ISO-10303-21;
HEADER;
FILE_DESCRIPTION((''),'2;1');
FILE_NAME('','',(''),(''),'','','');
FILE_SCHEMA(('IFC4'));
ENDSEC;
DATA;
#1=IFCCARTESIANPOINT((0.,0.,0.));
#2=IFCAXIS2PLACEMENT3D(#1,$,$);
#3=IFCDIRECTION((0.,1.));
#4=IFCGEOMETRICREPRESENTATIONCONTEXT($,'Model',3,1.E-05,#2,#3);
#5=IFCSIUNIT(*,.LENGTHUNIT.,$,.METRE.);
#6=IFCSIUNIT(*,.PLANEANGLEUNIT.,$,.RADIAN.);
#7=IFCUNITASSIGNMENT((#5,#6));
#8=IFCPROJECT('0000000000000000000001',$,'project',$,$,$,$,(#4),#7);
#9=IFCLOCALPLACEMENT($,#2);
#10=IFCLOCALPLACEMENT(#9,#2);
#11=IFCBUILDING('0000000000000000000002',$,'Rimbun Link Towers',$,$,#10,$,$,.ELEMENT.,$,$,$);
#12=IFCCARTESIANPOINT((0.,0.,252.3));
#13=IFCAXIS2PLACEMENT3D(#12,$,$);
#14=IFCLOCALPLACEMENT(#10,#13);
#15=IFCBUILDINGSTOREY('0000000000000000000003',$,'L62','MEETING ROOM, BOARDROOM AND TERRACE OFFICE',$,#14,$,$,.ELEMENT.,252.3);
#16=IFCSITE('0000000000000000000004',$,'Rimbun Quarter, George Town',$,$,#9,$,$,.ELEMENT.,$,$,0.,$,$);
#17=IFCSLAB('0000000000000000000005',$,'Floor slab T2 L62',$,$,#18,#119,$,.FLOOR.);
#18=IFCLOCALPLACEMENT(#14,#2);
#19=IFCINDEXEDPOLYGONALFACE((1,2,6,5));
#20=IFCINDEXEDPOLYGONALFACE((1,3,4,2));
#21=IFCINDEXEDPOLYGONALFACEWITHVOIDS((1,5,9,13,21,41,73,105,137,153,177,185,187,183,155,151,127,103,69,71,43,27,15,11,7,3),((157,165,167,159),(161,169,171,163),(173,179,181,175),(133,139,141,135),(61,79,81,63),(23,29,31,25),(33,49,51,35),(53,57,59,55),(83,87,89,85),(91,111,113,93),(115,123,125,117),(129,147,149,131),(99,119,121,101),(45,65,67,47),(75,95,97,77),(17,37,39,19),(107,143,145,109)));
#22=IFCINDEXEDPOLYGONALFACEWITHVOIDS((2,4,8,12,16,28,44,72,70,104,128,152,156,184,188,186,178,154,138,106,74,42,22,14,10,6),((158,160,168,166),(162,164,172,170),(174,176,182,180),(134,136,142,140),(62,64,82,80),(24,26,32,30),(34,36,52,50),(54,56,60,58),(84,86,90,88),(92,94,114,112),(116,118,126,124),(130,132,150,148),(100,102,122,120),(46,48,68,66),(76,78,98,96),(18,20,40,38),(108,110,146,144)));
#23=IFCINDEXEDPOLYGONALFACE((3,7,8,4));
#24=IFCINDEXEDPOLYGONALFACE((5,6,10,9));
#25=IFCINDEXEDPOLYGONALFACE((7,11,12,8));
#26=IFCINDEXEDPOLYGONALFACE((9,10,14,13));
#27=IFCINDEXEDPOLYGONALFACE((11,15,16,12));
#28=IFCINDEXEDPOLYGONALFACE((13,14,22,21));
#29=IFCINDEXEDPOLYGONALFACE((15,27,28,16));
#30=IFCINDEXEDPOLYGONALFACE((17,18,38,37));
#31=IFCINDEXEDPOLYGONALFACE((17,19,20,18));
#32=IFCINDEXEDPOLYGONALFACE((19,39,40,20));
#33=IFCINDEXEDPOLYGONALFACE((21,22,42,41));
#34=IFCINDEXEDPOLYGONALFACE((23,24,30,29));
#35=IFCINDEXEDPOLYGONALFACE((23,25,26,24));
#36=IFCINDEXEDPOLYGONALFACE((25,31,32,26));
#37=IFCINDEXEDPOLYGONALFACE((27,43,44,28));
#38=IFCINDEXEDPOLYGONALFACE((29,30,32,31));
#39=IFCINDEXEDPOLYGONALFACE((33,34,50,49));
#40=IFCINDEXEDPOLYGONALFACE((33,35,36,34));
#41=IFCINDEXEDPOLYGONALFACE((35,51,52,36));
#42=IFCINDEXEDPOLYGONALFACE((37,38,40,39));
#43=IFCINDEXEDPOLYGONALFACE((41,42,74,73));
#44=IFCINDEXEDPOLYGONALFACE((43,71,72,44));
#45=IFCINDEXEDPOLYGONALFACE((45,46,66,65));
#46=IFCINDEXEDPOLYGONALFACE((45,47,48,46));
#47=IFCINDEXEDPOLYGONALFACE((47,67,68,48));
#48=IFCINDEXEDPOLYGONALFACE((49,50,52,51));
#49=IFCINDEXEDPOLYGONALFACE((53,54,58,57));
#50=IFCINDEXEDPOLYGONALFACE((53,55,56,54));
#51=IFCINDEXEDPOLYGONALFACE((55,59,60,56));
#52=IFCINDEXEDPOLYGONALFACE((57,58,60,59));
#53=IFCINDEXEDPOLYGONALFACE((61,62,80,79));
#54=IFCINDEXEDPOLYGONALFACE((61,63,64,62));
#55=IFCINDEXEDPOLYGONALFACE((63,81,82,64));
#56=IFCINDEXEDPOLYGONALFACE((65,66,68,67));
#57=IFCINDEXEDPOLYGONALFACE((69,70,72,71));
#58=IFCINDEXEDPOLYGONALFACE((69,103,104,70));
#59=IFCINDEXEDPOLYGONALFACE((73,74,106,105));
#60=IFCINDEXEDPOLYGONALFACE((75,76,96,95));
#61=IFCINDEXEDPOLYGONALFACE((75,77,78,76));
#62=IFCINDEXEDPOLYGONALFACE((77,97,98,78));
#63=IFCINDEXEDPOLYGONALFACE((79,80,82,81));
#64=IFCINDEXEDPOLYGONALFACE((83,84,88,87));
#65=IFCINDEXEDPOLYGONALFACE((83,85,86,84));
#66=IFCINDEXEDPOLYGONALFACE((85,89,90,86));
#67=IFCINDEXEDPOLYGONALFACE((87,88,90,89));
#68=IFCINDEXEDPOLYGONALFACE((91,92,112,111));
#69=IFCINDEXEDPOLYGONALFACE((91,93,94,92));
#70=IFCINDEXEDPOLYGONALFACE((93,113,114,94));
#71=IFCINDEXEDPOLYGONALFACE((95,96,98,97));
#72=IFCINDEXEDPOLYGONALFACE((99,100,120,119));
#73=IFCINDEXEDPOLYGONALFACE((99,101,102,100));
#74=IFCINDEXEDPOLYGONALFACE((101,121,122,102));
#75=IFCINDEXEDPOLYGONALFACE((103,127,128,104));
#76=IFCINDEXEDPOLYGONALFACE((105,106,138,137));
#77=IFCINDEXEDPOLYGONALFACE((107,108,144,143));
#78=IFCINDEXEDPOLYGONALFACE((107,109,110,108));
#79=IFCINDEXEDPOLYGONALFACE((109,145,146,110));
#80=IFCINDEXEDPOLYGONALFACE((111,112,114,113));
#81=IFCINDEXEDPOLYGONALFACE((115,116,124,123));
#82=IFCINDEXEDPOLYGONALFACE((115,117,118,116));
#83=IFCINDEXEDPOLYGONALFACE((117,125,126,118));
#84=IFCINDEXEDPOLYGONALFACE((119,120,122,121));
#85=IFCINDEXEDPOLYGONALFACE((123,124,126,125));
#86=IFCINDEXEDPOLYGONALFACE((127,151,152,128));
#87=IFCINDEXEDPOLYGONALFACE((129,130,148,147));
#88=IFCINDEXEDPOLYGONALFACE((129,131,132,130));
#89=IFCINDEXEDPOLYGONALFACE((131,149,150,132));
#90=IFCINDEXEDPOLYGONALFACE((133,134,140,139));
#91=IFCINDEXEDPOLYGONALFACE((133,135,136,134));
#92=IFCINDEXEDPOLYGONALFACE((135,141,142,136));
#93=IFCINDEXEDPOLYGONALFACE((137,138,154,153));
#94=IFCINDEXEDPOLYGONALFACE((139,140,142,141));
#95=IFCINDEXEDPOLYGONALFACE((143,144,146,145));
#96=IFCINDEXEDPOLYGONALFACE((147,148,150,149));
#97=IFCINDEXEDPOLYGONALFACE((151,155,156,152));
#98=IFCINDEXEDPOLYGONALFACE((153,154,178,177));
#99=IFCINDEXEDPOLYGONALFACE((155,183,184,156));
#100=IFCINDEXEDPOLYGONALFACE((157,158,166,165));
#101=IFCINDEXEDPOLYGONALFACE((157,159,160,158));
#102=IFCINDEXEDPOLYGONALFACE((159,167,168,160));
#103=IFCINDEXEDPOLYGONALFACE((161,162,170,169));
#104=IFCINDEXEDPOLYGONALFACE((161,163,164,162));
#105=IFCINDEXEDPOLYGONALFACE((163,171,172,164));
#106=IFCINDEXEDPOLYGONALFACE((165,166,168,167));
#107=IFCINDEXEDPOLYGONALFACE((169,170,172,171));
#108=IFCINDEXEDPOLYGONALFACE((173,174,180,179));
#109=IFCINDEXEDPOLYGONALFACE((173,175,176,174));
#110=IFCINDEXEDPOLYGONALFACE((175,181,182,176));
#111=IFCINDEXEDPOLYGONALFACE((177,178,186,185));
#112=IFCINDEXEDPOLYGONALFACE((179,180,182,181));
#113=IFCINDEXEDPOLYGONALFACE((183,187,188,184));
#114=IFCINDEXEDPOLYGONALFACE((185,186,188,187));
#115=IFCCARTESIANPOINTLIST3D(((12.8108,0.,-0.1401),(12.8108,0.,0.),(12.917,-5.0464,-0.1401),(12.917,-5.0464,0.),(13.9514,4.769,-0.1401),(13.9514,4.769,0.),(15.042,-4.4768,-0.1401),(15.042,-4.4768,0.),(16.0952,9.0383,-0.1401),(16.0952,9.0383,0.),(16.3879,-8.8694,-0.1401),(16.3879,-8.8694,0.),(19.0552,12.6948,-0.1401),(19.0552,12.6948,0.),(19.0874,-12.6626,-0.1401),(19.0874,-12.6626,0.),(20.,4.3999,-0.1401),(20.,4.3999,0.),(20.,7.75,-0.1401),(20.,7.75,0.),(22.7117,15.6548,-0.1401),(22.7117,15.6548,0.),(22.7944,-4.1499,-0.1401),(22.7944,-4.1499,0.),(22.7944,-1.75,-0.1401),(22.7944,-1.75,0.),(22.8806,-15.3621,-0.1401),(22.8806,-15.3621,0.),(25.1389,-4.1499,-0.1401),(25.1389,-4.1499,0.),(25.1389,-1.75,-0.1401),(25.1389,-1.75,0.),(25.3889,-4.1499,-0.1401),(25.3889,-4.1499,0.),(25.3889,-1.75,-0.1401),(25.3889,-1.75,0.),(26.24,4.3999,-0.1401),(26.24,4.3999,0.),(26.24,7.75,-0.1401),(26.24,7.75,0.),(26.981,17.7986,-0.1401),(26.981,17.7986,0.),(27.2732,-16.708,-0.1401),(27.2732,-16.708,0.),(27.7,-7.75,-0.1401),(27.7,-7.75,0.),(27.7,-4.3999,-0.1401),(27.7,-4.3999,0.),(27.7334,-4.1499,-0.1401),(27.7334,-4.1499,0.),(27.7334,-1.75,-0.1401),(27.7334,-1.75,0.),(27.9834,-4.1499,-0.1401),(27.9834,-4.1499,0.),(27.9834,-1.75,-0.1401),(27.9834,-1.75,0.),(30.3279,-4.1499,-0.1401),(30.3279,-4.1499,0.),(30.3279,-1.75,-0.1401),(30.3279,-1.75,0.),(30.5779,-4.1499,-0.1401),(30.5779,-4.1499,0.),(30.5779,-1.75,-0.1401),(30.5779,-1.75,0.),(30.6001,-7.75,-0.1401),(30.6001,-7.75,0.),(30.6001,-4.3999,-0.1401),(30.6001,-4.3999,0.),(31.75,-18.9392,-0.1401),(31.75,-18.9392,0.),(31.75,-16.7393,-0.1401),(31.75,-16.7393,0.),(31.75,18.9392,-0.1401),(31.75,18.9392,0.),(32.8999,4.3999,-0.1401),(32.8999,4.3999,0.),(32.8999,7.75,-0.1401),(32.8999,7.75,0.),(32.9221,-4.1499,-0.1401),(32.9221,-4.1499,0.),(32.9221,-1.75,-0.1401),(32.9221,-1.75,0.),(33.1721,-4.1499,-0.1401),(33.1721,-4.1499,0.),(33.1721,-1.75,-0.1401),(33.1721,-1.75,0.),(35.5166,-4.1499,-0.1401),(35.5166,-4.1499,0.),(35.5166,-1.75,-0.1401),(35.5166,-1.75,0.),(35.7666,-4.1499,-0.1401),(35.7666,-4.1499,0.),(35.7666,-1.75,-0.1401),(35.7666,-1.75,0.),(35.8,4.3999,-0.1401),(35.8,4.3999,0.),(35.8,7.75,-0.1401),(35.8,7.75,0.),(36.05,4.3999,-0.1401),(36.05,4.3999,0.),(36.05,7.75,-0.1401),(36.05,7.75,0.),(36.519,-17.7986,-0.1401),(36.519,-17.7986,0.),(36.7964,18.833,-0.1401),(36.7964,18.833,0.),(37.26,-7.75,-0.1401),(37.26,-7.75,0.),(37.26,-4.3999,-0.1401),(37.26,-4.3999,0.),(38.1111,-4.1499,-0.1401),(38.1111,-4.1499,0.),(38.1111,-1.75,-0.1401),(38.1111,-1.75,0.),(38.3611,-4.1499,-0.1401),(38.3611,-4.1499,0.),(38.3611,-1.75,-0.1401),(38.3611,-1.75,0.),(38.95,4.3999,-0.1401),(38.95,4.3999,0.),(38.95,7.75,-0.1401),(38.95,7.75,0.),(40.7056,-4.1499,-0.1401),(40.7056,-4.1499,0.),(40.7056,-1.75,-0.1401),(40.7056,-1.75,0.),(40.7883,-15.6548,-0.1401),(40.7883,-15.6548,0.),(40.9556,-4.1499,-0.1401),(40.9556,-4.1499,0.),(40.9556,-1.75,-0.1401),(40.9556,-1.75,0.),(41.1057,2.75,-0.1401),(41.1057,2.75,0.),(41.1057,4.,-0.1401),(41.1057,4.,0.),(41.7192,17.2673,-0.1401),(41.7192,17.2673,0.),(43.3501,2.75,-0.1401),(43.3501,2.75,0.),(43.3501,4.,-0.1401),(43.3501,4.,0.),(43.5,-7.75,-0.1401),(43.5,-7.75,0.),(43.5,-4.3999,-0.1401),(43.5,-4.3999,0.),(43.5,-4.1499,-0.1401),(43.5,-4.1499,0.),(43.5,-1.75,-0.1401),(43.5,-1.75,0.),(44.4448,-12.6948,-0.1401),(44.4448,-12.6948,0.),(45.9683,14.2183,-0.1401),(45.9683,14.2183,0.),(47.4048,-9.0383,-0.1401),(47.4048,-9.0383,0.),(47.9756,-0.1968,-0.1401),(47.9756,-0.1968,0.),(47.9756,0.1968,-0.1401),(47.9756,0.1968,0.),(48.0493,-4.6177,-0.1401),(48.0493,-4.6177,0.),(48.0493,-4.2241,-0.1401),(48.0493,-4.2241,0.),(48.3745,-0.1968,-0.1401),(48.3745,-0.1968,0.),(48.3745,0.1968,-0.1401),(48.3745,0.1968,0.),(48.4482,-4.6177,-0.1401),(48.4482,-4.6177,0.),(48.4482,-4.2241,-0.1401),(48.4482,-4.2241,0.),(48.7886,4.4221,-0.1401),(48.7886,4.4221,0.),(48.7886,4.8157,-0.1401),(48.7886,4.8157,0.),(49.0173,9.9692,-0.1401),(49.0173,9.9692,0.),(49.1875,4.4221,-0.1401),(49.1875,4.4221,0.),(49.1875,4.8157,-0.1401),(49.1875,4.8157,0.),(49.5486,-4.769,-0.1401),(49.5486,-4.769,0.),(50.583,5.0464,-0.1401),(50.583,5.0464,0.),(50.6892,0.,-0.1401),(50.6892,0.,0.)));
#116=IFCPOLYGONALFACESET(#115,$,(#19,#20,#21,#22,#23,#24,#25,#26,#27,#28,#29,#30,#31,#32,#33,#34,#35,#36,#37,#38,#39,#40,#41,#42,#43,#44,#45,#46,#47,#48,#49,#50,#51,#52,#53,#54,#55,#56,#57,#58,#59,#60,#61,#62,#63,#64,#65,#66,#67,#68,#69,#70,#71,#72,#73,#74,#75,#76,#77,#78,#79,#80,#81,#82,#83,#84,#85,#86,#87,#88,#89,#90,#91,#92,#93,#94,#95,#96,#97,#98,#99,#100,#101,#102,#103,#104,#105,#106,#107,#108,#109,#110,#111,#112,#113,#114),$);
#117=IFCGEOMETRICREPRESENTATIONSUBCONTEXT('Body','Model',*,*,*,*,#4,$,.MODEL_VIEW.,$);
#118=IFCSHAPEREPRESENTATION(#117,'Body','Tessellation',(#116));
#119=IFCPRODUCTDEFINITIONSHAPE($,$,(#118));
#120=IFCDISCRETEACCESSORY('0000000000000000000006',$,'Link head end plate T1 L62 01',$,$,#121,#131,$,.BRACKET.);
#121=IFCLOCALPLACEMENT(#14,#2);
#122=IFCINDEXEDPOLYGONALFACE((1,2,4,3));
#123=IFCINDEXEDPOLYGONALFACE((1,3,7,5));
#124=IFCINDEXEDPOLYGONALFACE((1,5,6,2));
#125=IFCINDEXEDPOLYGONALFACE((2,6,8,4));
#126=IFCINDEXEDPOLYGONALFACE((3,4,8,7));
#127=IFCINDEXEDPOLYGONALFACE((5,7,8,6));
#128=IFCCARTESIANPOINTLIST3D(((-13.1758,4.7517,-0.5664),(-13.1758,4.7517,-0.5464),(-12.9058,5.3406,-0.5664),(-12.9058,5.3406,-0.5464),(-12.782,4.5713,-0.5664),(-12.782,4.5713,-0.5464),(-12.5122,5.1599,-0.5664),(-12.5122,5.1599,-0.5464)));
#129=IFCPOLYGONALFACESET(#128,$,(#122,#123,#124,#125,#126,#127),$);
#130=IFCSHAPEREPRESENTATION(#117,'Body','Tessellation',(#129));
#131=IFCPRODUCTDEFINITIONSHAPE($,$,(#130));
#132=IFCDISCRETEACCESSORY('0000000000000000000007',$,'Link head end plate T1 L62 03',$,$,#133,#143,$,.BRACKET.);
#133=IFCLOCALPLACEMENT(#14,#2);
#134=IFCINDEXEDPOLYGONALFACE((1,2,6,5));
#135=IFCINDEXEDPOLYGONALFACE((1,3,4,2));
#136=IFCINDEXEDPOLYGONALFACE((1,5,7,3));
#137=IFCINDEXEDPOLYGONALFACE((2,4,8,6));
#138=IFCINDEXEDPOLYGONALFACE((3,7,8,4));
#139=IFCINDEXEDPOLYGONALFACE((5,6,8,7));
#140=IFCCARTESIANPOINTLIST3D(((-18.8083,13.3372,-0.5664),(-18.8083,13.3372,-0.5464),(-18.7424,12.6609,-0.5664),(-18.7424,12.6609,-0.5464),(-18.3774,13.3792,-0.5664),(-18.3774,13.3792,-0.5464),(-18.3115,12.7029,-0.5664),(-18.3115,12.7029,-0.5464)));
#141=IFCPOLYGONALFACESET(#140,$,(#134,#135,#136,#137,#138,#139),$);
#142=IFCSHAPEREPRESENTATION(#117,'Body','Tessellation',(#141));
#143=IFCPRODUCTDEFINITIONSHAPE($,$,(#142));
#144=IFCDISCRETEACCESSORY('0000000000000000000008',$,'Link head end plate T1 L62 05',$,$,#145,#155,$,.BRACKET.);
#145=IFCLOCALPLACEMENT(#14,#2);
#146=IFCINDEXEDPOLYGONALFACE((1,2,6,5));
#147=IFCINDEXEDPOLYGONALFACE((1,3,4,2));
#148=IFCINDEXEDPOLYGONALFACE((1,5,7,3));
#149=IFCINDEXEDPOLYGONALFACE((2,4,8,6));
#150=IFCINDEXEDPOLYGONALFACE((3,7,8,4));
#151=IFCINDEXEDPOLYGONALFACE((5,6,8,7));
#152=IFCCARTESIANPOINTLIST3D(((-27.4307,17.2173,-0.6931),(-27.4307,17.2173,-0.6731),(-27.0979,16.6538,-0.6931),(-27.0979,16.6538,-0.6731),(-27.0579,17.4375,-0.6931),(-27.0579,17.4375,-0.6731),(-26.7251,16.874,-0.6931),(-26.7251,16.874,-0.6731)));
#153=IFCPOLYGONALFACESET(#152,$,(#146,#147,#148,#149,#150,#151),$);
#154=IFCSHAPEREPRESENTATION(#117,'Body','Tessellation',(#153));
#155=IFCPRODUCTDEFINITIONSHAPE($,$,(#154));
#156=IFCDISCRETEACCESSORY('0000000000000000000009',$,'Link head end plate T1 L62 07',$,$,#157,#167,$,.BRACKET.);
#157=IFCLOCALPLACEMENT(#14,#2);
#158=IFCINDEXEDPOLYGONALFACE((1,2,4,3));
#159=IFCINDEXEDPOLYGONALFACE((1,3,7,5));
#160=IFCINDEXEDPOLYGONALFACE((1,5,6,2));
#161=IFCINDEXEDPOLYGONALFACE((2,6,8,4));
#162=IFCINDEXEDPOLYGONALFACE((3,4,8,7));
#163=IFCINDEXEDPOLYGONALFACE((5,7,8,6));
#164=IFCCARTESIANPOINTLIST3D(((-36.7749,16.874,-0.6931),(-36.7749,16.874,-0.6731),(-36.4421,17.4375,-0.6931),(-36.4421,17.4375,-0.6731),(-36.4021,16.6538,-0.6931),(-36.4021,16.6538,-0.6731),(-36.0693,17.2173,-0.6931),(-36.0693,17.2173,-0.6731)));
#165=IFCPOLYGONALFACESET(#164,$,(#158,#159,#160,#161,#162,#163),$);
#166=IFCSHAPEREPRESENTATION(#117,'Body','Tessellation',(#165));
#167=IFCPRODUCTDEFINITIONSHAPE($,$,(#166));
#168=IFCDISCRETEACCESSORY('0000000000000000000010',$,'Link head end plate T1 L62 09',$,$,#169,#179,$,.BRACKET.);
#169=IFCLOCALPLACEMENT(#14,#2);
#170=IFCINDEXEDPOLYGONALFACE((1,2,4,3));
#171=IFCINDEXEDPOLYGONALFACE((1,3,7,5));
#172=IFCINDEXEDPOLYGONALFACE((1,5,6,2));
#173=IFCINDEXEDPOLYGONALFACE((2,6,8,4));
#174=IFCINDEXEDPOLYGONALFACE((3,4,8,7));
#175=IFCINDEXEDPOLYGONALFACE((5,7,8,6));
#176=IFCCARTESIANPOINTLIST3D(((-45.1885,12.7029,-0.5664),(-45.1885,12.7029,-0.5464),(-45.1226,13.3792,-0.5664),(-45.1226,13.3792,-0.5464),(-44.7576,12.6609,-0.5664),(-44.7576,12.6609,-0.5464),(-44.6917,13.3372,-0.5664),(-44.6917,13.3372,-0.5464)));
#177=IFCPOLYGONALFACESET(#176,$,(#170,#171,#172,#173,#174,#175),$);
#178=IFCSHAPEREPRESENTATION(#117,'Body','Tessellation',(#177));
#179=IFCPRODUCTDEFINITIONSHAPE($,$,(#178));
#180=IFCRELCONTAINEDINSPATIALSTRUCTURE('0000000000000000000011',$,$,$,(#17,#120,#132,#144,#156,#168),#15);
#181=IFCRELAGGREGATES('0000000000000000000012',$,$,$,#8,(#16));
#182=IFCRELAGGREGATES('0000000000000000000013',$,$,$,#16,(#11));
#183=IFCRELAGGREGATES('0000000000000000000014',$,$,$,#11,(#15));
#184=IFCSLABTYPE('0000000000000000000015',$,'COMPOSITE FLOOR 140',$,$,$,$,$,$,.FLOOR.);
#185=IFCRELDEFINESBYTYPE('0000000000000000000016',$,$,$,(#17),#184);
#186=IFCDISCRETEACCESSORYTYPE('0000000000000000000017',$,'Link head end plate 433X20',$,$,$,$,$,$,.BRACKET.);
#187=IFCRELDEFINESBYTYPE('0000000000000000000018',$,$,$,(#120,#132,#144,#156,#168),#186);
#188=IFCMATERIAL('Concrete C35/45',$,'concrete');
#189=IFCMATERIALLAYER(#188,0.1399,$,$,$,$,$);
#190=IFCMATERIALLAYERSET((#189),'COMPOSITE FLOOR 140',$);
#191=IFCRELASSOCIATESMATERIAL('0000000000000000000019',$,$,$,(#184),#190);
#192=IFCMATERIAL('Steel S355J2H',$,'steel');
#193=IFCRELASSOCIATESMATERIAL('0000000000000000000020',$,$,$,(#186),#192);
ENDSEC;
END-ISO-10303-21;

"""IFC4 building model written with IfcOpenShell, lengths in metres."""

from ifc_helpers import new_model, si_unit, direction, frame, origin, origin_2d, place, context, subcontext, project, spatial, polyline, rectangle, outline, extrude, material, layer, layer_set, material_profile, profile_set, type_object, element, save


model = new_model("IFC4")

# Units and contexts
model_context = context("Model", 3, precision=1e-05, world=origin(), true_north=direction((0.0, 1.0)))
body_context = subcontext(model_context, "Body", "Model", "MODEL_VIEW")
ifc_project = project(units=[si_unit("LENGTHUNIT", "METRE"), si_unit("PLANEANGLEUNIT", "RADIAN")], contexts=[model_context])

# Site, building, storey
site_placement = place(None, origin())
site = spatial("IfcSite", under=ifc_project, at=site_placement, Name="Rimbun Quarter, George Town", CompositionType="ELEMENT", RefElevation=0.0)
building_placement = place(site_placement, origin())
building = spatial("IfcBuilding", under=site, at=building_placement, Name="Rimbun Link Towers", CompositionType="ELEMENT")
storey_placement = place(building_placement, frame((0.0, 0.0, 252.3)))
storey = spatial("IfcBuildingStorey", under=building, at=storey_placement, Name="L62", Description="MEETING ROOM, BOARDROOM AND TERRACE OFFICE", CompositionType="ELEMENT", Elevation=252.3)

# Slab
ifc_material_1 = material(Name="Concrete C35/45", Category="concrete")
ifc_layer = layer(ifc_material_1, 0.1399)
ifc_layer_set = layer_set([ifc_layer], Name="COMPOSITE FLOOR 140")
slab_type = type_object("IfcSlabType", Name="COMPOSITE FLOOR 140", PredefinedType="FLOOR", material=ifc_layer_set)
slab_1_placement = place(storey_placement, frame((0.0, 0.0, -0.1401)))
element("IfcSlab", 1, at=slab_1_placement, inside=storey, type_object=slab_type, Name="Floor slab T2 L62", PredefinedType="FLOOR", context=body_context, shape_type="SweptSolid", body=[
    extrude(outline(polyline([(12.8108, 0.0), (13.9514, 4.769), (16.0952, 9.0383), (19.0552, 12.6948), (22.7117, 15.6548), (26.981, 17.7986), (31.75, 18.9392), (36.7964, 18.833), (41.7192, 17.2673), (45.9683, 14.2183), (49.0173, 9.9692), (50.583, 5.0464), (50.6892, 0.0), (49.5486, -4.769), (47.4048, -9.0383), (44.4448, -12.6948), (40.7883, -15.6548), (36.519, -17.7986), (31.75, -18.9392), (31.75, -16.7393), (27.2732, -16.708), (22.8806, -15.3621), (19.0874, -12.6626), (16.3879, -8.8694), (15.042, -4.4768), (12.917, -5.0464), (12.8108, 0.0)]), holes=[polyline([(30.6001, -7.75), (30.6001, -4.3999), (27.7, -4.3999), (27.7, -7.75), (30.6001, -7.75)]), polyline([(25.1389, -4.1499), (25.1389, -1.75), (22.7944, -1.75), (22.7944, -4.1499), (25.1389, -4.1499)]), polyline([(27.7334, -4.1499), (27.7334, -1.75), (25.3889, -1.75), (25.3889, -4.1499), (27.7334, -4.1499)]), polyline([(30.3279, -4.1499), (30.3279, -1.75), (27.9834, -1.75), (27.9834, -4.1499), (30.3279, -4.1499)]), polyline([(32.9221, -4.1499), (32.9221, -1.75), (30.5779, -1.75), (30.5779, -4.1499), (32.9221, -4.1499)]), polyline([(35.5166, -4.1499), (35.5166, -1.75), (33.1721, -1.75), (33.1721, -4.1499), (35.5166, -4.1499)]), polyline([(38.1111, -4.1499), (38.1111, -1.75), (35.7666, -1.75), (35.7666, -4.1499), (38.1111, -4.1499)]), polyline([(26.24, 4.3999), (26.24, 7.75), (20.0, 7.75), (20.0, 4.3999), (26.24, 4.3999)]), polyline([(35.8, 4.3999), (35.8, 7.75), (32.8999, 7.75), (32.8999, 4.3999), (35.8, 4.3999)]), polyline([(43.5, -7.75), (43.5, -4.3999), (37.26, -4.3999), (37.26, -7.75), (43.5, -7.75)]), polyline([(48.4482, -4.6177), (48.4482, -4.2241), (48.0493, -4.2241), (48.0493, -4.6177), (48.4482, -4.6177)]), polyline([(40.7056, -4.1499), (40.7056, -1.75), (38.3611, -1.75), (38.3611, -4.1499), (40.7056, -4.1499)]), polyline([(43.5, -4.1499), (43.5, -1.75), (40.9556, -1.75), (40.9556, -4.1499), (43.5, -4.1499)]), polyline([(48.3745, -0.1968), (48.3745, 0.1968), (47.9756, 0.1968), (47.9756, -0.1968), (48.3745, -0.1968)]), polyline([(41.1057, 2.75), (43.3501, 2.75), (43.3501, 4.0), (41.1057, 4.0), (41.1057, 2.75)]), polyline([(48.7886, 4.4221), (49.1875, 4.4221), (49.1875, 4.8157), (48.7886, 4.8157), (48.7886, 4.4221)]), polyline([(36.05, 4.3999), (38.95, 4.3999), (38.95, 7.75), (36.05, 7.75), (36.05, 4.3999)])]), origin(), (0.0, 0.0, 1.0), 0.1401),
])

# Discrete accessories
ifc_material_2 = material(Name="Steel S355J2H", Category="steel")
ifc_material_profile = material_profile(ifc_material_2, rectangle(XDim=0.4331, YDim=0.4331, at=origin_2d()), Name="PL 433x433")
ifc_profile_set = profile_set([ifc_material_profile], Name="Steel S355J2H")
discrete_accessory_type = type_object("IfcDiscreteAccessoryType", Name="Link head end plate 433X20", PredefinedType="BRACKET", material=ifc_profile_set)
discrete_accessory_1_placement = place(storey_placement, frame((0.0, 0.0, -0.5664)))
element("IfcDiscreteAccessory", 2, at=discrete_accessory_1_placement, inside=storey, type_object=discrete_accessory_type, Name="Link head end plate T1 L62 01", PredefinedType="BRACKET", context=body_context, shape_type="SweptSolid", body=[
    extrude(outline(polyline([(-12.782, 4.5713), (-12.5122, 5.1599), (-12.9058, 5.3406), (-13.1758, 4.7517), (-12.782, 4.5713)])), origin(), (0.0, 0.0, 1.0), 0.02),
])
discrete_accessory_2_placement = place(storey_placement, frame((0.0, 0.0, -0.5664)))
element("IfcDiscreteAccessory", 3, at=discrete_accessory_2_placement, inside=storey, type_object=discrete_accessory_type, Name="Link head end plate T1 L62 03", PredefinedType="BRACKET", context=body_context, shape_type="SweptSolid", body=[
    extrude(outline(polyline([(-18.3115, 12.7029), (-18.3774, 13.3792), (-18.8083, 13.3372), (-18.7424, 12.6609), (-18.3115, 12.7029)])), origin(), (0.0, 0.0, 1.0), 0.02),
])
discrete_accessory_3_placement = place(storey_placement, frame((0.0, 0.0, -0.6931)))
element("IfcDiscreteAccessory", 4, at=discrete_accessory_3_placement, inside=storey, type_object=discrete_accessory_type, Name="Link head end plate T1 L62 05", PredefinedType="BRACKET", context=body_context, shape_type="SweptSolid", body=[
    extrude(outline(polyline([(-26.7251, 16.874), (-27.0579, 17.4375), (-27.4307, 17.2173), (-27.0979, 16.6538), (-26.7251, 16.874)])), origin(), (0.0, 0.0, 1.0), 0.02),
])
discrete_accessory_4_placement = place(storey_placement, frame((0.0, 0.0, -0.6931)))
element("IfcDiscreteAccessory", 5, at=discrete_accessory_4_placement, inside=storey, type_object=discrete_accessory_type, Name="Link head end plate T1 L62 07", PredefinedType="BRACKET", context=body_context, shape_type="SweptSolid", body=[
    extrude(outline(polyline([(-36.4021, 16.6538), (-36.0693, 17.2173), (-36.4421, 17.4375), (-36.7749, 16.874), (-36.4021, 16.6538)])), origin(), (0.0, 0.0, 1.0), 0.02),
])
discrete_accessory_5_placement = place(storey_placement, frame((0.0, 0.0, -0.5664)))
element("IfcDiscreteAccessory", 6, at=discrete_accessory_5_placement, inside=storey, type_object=discrete_accessory_type, Name="Link head end plate T1 L62 09", PredefinedType="BRACKET", context=body_context, shape_type="SweptSolid", body=[
    extrude(outline(polyline([(-44.7576, 12.6609), (-44.6917, 13.3372), (-45.1226, 13.3792), (-45.1885, 12.7029), (-44.7576, 12.6609)])), origin(), (0.0, 0.0, 1.0), 0.02),
])

save(model, "model.ifc")
